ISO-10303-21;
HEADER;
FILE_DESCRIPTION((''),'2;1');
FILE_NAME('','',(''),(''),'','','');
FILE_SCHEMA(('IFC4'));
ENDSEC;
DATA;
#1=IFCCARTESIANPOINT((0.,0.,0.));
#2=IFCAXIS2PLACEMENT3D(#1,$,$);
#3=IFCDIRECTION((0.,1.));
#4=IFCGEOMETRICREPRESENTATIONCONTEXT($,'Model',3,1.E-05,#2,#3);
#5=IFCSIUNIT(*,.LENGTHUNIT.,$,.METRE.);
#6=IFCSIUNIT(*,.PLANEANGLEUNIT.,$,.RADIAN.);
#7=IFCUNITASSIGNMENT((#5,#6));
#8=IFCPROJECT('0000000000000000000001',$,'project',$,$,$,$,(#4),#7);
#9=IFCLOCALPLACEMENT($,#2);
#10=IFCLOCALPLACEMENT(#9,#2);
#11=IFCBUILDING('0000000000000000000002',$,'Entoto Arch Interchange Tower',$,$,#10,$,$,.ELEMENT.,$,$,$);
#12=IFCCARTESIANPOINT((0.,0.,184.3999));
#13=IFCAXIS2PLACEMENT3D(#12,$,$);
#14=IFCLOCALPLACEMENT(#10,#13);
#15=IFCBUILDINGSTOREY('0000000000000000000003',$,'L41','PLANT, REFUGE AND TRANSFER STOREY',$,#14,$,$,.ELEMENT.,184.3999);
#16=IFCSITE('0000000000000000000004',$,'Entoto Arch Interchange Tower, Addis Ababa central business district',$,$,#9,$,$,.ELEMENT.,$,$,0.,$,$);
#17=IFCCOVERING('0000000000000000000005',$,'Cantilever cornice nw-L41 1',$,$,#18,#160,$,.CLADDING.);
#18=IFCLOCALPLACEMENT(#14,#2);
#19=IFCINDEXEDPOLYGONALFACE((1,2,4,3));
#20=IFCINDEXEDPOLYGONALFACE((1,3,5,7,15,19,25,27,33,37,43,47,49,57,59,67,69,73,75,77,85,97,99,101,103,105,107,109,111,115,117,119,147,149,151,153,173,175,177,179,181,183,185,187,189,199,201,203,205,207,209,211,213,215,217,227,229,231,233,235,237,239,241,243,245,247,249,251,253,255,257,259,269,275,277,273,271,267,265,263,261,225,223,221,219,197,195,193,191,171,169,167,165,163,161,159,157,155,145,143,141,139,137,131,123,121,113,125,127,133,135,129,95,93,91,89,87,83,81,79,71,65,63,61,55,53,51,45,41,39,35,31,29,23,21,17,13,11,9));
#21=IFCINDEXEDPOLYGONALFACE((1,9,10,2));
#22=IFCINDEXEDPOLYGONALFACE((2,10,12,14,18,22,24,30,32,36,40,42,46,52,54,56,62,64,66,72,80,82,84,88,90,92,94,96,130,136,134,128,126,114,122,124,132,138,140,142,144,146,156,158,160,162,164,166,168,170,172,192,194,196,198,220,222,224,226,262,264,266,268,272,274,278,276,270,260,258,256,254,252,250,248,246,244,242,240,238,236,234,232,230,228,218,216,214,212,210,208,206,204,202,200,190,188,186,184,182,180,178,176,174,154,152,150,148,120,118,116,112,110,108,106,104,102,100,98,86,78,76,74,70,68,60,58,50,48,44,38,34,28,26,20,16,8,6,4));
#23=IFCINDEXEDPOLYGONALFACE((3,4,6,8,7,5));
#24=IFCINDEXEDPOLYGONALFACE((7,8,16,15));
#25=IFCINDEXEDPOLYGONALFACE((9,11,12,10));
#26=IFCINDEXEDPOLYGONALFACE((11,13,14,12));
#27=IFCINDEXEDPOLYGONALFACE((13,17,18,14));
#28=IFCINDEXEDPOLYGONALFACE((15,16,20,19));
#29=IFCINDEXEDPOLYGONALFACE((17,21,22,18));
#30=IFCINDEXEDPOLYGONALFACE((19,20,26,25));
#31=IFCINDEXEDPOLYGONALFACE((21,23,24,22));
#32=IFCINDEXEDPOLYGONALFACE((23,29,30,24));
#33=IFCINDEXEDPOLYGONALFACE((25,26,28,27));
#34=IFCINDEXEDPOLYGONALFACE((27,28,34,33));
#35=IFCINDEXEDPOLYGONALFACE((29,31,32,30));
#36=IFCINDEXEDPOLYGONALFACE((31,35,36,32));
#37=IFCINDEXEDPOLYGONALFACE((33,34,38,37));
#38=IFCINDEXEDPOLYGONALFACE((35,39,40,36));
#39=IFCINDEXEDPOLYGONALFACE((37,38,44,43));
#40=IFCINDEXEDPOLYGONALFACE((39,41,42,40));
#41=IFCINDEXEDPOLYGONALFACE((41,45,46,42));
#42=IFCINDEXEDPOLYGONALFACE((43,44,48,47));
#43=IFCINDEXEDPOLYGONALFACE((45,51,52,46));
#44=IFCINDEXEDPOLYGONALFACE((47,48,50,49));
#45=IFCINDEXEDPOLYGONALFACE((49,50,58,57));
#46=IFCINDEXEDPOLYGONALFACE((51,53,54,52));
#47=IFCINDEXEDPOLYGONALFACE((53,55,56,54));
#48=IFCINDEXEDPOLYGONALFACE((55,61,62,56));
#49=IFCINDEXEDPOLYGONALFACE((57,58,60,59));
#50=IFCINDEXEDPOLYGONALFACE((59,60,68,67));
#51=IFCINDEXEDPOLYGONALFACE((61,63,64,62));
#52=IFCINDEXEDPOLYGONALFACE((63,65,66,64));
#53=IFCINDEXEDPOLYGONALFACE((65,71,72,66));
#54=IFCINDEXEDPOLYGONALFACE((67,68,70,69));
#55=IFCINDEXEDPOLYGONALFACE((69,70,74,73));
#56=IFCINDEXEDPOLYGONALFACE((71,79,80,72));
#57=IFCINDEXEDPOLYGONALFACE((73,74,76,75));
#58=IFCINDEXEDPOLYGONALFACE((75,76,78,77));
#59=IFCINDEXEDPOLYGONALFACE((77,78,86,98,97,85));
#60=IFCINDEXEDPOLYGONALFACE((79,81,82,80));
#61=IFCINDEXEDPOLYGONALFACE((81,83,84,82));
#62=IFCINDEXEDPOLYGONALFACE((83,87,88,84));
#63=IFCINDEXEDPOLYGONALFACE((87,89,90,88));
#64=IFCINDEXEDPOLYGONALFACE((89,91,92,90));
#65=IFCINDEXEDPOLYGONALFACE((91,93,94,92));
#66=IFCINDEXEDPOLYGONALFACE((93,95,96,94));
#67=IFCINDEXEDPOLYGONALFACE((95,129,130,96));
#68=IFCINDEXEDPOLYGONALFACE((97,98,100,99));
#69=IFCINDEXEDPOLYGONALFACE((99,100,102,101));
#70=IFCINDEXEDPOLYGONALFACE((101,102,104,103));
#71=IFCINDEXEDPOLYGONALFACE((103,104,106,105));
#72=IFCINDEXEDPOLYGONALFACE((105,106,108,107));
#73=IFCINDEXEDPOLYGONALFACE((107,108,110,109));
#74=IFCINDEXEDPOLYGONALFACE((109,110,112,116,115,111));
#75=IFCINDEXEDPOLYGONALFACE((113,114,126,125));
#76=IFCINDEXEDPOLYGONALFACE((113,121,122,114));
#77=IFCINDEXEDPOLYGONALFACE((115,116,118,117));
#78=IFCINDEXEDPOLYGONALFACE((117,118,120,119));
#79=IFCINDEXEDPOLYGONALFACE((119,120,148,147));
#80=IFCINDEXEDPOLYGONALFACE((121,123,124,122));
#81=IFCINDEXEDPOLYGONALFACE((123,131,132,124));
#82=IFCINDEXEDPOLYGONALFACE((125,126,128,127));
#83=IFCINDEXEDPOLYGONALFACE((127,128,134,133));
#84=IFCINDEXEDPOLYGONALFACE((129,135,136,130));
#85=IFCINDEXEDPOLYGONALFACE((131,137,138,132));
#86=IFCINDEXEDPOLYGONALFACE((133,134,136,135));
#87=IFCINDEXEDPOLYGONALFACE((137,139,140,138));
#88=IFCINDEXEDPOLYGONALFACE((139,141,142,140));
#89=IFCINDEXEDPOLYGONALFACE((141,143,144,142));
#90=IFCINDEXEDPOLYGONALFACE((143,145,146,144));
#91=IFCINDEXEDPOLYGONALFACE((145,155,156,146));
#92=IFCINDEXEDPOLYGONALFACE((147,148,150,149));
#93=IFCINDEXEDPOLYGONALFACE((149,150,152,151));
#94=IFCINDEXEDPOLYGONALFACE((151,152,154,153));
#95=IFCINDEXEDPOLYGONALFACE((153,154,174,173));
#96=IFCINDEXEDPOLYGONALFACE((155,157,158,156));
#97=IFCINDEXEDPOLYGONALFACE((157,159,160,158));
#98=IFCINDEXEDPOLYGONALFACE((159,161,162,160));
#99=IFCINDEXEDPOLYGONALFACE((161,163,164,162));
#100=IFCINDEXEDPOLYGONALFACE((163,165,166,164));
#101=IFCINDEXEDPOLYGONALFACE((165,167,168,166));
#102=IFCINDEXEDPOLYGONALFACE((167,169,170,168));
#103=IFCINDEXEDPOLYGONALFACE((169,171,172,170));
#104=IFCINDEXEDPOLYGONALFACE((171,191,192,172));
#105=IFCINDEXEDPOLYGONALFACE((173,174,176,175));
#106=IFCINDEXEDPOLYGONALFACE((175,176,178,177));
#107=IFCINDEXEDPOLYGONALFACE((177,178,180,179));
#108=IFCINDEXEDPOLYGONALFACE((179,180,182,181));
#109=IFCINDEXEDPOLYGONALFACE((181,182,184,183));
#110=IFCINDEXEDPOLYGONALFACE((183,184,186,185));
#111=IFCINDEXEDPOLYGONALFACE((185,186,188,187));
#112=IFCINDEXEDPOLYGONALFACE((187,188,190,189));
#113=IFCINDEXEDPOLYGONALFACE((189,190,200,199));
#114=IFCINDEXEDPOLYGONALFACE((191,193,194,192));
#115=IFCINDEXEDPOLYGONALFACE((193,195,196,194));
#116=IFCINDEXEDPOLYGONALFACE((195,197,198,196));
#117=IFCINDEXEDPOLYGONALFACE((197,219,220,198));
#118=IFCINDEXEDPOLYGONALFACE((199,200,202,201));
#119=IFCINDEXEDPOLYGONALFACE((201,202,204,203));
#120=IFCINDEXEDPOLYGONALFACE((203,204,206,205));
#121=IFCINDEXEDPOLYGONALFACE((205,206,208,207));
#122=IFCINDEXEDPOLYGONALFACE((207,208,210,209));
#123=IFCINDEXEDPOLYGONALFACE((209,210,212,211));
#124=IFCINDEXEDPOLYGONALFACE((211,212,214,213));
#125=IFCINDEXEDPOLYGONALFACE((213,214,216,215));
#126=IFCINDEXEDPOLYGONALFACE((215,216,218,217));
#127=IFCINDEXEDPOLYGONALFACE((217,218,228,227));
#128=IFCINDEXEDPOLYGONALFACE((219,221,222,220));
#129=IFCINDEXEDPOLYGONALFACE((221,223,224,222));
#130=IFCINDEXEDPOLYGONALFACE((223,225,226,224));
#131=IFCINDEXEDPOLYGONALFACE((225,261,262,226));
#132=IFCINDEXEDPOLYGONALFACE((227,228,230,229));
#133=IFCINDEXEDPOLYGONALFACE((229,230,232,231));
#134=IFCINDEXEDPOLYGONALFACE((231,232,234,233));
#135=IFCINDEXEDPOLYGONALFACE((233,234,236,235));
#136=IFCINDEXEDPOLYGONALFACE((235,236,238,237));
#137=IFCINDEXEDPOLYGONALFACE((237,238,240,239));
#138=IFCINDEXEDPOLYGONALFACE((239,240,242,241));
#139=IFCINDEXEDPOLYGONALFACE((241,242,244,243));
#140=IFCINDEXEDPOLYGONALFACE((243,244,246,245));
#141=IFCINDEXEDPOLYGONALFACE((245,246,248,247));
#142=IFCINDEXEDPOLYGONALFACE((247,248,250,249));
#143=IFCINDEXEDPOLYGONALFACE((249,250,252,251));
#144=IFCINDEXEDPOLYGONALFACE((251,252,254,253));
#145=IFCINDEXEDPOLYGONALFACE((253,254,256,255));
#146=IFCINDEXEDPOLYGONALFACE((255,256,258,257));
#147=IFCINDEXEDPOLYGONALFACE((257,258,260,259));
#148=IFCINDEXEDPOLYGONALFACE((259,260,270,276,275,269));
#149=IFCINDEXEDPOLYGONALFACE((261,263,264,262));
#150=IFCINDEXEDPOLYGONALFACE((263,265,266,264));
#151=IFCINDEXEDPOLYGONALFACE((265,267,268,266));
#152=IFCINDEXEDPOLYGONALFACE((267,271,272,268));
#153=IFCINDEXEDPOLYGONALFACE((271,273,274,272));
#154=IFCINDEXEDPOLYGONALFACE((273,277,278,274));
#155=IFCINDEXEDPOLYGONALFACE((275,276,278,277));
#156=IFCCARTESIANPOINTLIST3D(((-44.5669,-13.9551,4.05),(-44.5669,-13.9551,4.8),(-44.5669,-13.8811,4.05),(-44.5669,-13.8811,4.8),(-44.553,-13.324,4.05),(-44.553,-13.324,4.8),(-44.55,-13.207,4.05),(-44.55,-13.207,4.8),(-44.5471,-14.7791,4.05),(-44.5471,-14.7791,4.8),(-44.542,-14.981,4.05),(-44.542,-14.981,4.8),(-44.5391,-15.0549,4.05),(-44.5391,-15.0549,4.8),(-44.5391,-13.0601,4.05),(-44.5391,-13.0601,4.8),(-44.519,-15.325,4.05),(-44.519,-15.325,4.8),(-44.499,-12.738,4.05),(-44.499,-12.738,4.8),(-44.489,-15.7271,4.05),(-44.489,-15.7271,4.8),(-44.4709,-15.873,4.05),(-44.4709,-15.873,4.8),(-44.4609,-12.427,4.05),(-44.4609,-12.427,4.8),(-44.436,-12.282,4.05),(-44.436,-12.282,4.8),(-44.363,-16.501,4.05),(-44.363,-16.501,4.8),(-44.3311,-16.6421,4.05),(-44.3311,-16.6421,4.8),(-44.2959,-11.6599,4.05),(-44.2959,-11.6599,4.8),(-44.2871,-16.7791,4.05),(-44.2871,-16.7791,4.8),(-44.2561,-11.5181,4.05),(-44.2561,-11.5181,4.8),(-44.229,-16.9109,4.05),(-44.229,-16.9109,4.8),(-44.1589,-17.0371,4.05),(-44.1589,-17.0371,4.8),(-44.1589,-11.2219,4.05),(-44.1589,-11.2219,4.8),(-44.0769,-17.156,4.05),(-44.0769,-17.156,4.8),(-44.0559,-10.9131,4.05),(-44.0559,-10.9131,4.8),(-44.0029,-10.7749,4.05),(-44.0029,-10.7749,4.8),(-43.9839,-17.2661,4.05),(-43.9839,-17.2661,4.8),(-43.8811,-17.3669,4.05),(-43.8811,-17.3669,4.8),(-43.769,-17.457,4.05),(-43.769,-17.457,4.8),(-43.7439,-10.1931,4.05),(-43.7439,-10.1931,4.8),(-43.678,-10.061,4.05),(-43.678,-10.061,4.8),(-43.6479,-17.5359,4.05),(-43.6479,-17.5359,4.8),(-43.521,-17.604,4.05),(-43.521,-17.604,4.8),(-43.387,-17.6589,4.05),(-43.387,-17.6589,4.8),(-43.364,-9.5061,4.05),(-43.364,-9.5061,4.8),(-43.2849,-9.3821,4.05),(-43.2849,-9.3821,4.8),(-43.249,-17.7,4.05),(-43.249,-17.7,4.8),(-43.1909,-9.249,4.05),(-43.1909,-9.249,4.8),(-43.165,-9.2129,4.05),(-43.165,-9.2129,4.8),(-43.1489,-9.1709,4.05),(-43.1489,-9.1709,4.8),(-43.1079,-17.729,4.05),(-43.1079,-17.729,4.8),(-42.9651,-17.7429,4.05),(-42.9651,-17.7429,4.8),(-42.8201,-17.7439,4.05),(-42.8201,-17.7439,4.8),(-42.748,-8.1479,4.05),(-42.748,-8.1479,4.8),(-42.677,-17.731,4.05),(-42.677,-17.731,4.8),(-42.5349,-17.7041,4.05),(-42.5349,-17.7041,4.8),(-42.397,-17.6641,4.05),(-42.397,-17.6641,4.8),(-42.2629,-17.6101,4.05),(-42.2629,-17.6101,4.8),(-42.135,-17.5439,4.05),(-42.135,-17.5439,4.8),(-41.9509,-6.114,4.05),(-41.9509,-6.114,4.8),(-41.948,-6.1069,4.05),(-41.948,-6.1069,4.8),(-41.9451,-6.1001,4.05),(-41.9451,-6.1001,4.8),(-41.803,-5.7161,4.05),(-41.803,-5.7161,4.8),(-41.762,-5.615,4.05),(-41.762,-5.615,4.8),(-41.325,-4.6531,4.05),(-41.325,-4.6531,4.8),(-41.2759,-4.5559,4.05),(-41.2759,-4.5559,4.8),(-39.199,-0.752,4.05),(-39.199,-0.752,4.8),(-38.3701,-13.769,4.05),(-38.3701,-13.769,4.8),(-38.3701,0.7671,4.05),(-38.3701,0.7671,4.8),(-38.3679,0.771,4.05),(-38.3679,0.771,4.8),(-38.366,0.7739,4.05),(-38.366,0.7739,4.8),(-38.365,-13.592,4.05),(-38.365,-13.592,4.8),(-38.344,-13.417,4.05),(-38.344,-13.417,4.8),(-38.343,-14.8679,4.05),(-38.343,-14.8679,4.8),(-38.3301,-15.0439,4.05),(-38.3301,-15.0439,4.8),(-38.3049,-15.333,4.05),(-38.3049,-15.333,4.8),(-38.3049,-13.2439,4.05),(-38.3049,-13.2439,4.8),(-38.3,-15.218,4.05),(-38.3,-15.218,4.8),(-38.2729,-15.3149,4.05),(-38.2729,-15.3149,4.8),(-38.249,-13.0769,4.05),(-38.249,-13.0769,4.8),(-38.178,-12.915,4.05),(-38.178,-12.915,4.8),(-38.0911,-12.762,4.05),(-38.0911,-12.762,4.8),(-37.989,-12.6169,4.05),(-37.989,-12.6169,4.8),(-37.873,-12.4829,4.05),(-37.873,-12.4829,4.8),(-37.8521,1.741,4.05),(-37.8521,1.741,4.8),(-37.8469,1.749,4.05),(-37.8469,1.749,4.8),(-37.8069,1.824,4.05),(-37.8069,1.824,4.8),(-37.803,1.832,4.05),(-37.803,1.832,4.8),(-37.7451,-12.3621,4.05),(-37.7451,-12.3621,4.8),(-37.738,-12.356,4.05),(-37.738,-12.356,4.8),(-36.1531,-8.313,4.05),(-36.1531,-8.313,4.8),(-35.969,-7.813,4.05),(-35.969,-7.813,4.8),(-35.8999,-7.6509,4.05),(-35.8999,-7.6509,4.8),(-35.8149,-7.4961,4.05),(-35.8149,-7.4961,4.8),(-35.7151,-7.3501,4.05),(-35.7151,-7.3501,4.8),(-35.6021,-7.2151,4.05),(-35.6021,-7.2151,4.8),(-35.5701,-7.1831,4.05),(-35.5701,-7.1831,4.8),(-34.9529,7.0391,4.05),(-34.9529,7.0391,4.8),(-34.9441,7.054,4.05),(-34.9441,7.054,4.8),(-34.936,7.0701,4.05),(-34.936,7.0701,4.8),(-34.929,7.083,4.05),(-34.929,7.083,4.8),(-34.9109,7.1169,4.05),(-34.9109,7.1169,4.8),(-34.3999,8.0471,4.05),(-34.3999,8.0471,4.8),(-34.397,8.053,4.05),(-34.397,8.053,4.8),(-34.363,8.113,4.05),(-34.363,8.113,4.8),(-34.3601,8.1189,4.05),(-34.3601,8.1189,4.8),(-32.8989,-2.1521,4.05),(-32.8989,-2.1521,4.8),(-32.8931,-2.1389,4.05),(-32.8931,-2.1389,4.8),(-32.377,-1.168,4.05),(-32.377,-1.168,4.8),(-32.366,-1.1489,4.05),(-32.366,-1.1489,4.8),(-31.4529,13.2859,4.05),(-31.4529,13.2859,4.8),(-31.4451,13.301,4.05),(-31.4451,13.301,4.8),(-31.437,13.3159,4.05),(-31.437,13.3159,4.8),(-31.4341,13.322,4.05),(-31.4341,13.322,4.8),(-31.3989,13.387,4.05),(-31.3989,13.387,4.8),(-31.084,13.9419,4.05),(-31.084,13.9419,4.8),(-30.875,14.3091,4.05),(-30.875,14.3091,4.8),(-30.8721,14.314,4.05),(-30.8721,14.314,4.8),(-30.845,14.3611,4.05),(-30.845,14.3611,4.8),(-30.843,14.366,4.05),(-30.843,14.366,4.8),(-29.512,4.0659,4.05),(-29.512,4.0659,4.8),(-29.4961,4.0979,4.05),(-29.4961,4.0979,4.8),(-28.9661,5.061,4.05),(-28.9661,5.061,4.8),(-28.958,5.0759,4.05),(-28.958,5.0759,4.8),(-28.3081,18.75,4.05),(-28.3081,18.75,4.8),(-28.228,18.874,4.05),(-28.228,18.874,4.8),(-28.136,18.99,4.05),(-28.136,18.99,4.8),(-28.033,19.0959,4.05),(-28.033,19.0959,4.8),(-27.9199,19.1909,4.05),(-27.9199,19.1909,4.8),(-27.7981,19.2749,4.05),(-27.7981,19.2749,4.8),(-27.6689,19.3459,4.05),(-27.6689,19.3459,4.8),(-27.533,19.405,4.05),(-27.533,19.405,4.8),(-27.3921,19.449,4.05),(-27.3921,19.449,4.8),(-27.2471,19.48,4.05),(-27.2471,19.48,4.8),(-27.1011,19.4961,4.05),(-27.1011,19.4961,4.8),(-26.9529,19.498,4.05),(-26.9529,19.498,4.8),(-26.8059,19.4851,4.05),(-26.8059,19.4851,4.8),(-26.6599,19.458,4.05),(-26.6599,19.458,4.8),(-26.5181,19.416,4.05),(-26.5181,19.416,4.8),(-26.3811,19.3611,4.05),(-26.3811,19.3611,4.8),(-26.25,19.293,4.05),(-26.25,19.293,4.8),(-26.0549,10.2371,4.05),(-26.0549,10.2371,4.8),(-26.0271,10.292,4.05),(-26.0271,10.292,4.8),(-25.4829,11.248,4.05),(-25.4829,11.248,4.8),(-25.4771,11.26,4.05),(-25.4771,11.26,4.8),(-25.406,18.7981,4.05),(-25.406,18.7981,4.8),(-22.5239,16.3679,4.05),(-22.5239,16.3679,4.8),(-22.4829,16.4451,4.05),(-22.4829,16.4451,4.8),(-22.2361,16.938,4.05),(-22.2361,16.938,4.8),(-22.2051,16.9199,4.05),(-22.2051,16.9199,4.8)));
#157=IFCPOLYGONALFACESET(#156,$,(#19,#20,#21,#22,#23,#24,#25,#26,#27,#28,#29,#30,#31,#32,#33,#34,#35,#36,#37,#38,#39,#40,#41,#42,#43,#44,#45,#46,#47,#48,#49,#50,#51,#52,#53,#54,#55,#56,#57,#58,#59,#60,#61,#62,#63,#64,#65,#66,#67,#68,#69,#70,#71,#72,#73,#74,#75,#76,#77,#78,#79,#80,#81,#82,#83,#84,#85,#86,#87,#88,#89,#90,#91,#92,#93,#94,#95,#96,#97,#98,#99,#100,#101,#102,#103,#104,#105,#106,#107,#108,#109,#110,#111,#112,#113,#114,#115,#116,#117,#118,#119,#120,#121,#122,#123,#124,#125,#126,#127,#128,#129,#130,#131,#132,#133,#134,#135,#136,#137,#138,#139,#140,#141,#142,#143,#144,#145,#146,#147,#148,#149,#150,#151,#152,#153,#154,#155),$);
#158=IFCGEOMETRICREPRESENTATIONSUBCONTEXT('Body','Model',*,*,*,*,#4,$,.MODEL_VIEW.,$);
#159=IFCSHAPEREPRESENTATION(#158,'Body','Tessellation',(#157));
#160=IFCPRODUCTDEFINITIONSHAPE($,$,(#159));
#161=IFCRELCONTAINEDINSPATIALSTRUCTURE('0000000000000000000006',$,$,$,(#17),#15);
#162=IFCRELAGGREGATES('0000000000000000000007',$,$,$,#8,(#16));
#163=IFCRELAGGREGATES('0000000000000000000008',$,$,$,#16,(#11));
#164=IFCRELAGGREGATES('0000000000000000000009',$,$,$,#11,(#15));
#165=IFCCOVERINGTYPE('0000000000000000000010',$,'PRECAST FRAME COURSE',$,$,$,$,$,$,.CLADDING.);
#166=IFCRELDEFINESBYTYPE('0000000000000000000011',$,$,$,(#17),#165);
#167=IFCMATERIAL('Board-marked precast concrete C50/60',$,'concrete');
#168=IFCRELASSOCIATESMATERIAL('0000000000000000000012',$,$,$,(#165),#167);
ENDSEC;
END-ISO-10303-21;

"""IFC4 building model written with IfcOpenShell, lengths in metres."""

from ifc_helpers import new_model, si_unit, direction, frame, origin, place, context, subcontext, project, spatial, polyline, outline, extrude, material, type_object, element, save


model = new_model("IFC4")

# Units and contexts
model_context = context("Model", 3, precision=1e-05, world=origin(), true_north=direction((0.0, 1.0)))
body_context = subcontext(model_context, "Body", "Model", "MODEL_VIEW")
ifc_project = project(units=[si_unit("LENGTHUNIT", "METRE"), si_unit("PLANEANGLEUNIT", "RADIAN")], contexts=[model_context])

# Site, building, storey
site_placement = place(None, origin())
site = spatial("IfcSite", under=ifc_project, at=site_placement, Name="Entoto Arch Interchange Tower, Addis Ababa central business district", CompositionType="ELEMENT", RefElevation=0.0)
building_placement = place(site_placement, origin())
building = spatial("IfcBuilding", under=site, at=building_placement, Name="Entoto Arch Interchange Tower", CompositionType="ELEMENT")
storey_placement = place(building_placement, frame((0.0, 0.0, 184.3999)))
storey = spatial("IfcBuildingStorey", under=building, at=storey_placement, Name="L41", Description="PLANT, REFUGE AND TRANSFER STOREY", CompositionType="ELEMENT", Elevation=184.3999)

# Covering
ifc_material_1 = material(Name="Board-marked precast concrete C50/60", Category="concrete")
covering_type_1 = type_object("IfcCoveringType", Name="PRECAST FRAME COURSE", PredefinedType="CLADDING", material=ifc_material_1)
covering_1_placement = place(storey_placement, frame((0.0, 0.0, 4.05)))
element("IfcCovering", 1, at=covering_1_placement, inside=storey, type_object=covering_type_1, Name="Cantilever cornice nw-L41 1", PredefinedType="CLADDING", context=body_context, shape_type="SweptSolid", body=[
    extrude(outline(polyline([(-42.2629, -17.6101), (-42.397, -17.6641), (-42.5349, -17.7041), (-42.677, -17.731), (-42.8201, -17.7439), (-42.9651, -17.7429), (-43.1079, -17.729), (-43.249, -17.7), (-43.387, -17.6589), (-43.521, -17.604), (-43.6479, -17.5359), (-43.769, -17.457), (-43.8811, -17.3669), (-43.9839, -17.2661), (-44.0769, -17.156), (-44.1589, -17.0371), (-44.229, -16.9109), (-44.2871, -16.7791), (-44.3311, -16.6421), (-44.363, -16.501), (-44.4709, -15.873), (-44.489, -15.7271), (-44.519, -15.325), (-44.5391, -15.0549), (-44.542, -14.981), (-44.5471, -14.7791), (-44.5669, -13.9551), (-44.5669, -13.8811), (-44.553, -13.324), (-44.55, -13.207), (-44.5391, -13.0601), (-44.499, -12.738), (-44.4609, -12.427), (-44.436, -12.282), (-44.2959, -11.6599), (-44.2561, -11.5181), (-44.1589, -11.2219), (-44.0559, -10.9131), (-44.0029, -10.7749), (-43.7439, -10.1931), (-43.678, -10.061), (-43.364, -9.5061), (-43.2849, -9.3821), (-43.1909, -9.249), (-43.165, -9.2129), (-43.1489, -9.1709), (-42.748, -8.1479), (-41.9509, -6.114), (-41.948, -6.1069), (-41.9451, -6.1001), (-41.803, -5.7161), (-41.762, -5.615), (-41.325, -4.6531), (-41.2759, -4.5559), (-39.199, -0.752), (-38.3701, 0.7671), (-38.3679, 0.771), (-38.3679, 0.771), (-38.366, 0.7739), (-37.8521, 1.741), (-37.8469, 1.749), (-37.8069, 1.824), (-37.803, 1.832), (-34.9529, 7.0391), (-34.9441, 7.054), (-34.936, 7.0701), (-34.929, 7.083), (-34.9109, 7.1169), (-34.3999, 8.0471), (-34.397, 8.053), (-34.363, 8.113), (-34.3601, 8.1189), (-31.4529, 13.2859), (-31.4451, 13.301), (-31.437, 13.3159), (-31.4341, 13.322), (-31.3989, 13.387), (-31.084, 13.9419), (-30.875, 14.3091), (-30.8721, 14.314), (-30.845, 14.3611), (-30.843, 14.366), (-28.3081, 18.75), (-28.228, 18.874), (-28.136, 18.99), (-28.033, 19.0959), (-27.9199, 19.1909), (-27.7981, 19.2749), (-27.6689, 19.3459), (-27.533, 19.405), (-27.3921, 19.449), (-27.2471, 19.48), (-27.1011, 19.4961), (-26.9529, 19.498), (-26.8059, 19.4851), (-26.6599, 19.458), (-26.5181, 19.416), (-26.3811, 19.3611), (-26.25, 19.293), (-25.406, 18.7981), (-22.2361, 16.938), (-22.2051, 16.9199), (-22.4829, 16.4451), (-22.5239, 16.3679), (-25.4771, 11.26), (-25.4829, 11.248), (-26.0271, 10.292), (-26.0549, 10.2371), (-28.958, 5.0759), (-28.9661, 5.061), (-29.4961, 4.0979), (-29.512, 4.0659), (-32.366, -1.1489), (-32.377, -1.168), (-32.8931, -2.1389), (-32.8989, -2.1521), (-35.5701, -7.1831), (-35.6021, -7.2151), (-35.7151, -7.3501), (-35.8149, -7.4961), (-35.8999, -7.6509), (-35.969, -7.813), (-36.1531, -8.313), (-37.738, -12.356), (-37.7451, -12.3621), (-37.873, -12.4829), (-37.989, -12.6169), (-38.0911, -12.762), (-38.178, -12.915), (-38.249, -13.0769), (-38.3049, -13.2439), (-38.344, -13.417), (-38.365, -13.592), (-38.3701, -13.769), (-38.343, -14.8679), (-38.3301, -15.0439), (-38.3, -15.218), (-38.2729, -15.3149), (-38.3049, -15.333), (-42.135, -17.5439), (-42.2629, -17.6101)])), origin(), (0.0, 0.0, 1.0), 0.75),
])

save(model, "model.ifc")
